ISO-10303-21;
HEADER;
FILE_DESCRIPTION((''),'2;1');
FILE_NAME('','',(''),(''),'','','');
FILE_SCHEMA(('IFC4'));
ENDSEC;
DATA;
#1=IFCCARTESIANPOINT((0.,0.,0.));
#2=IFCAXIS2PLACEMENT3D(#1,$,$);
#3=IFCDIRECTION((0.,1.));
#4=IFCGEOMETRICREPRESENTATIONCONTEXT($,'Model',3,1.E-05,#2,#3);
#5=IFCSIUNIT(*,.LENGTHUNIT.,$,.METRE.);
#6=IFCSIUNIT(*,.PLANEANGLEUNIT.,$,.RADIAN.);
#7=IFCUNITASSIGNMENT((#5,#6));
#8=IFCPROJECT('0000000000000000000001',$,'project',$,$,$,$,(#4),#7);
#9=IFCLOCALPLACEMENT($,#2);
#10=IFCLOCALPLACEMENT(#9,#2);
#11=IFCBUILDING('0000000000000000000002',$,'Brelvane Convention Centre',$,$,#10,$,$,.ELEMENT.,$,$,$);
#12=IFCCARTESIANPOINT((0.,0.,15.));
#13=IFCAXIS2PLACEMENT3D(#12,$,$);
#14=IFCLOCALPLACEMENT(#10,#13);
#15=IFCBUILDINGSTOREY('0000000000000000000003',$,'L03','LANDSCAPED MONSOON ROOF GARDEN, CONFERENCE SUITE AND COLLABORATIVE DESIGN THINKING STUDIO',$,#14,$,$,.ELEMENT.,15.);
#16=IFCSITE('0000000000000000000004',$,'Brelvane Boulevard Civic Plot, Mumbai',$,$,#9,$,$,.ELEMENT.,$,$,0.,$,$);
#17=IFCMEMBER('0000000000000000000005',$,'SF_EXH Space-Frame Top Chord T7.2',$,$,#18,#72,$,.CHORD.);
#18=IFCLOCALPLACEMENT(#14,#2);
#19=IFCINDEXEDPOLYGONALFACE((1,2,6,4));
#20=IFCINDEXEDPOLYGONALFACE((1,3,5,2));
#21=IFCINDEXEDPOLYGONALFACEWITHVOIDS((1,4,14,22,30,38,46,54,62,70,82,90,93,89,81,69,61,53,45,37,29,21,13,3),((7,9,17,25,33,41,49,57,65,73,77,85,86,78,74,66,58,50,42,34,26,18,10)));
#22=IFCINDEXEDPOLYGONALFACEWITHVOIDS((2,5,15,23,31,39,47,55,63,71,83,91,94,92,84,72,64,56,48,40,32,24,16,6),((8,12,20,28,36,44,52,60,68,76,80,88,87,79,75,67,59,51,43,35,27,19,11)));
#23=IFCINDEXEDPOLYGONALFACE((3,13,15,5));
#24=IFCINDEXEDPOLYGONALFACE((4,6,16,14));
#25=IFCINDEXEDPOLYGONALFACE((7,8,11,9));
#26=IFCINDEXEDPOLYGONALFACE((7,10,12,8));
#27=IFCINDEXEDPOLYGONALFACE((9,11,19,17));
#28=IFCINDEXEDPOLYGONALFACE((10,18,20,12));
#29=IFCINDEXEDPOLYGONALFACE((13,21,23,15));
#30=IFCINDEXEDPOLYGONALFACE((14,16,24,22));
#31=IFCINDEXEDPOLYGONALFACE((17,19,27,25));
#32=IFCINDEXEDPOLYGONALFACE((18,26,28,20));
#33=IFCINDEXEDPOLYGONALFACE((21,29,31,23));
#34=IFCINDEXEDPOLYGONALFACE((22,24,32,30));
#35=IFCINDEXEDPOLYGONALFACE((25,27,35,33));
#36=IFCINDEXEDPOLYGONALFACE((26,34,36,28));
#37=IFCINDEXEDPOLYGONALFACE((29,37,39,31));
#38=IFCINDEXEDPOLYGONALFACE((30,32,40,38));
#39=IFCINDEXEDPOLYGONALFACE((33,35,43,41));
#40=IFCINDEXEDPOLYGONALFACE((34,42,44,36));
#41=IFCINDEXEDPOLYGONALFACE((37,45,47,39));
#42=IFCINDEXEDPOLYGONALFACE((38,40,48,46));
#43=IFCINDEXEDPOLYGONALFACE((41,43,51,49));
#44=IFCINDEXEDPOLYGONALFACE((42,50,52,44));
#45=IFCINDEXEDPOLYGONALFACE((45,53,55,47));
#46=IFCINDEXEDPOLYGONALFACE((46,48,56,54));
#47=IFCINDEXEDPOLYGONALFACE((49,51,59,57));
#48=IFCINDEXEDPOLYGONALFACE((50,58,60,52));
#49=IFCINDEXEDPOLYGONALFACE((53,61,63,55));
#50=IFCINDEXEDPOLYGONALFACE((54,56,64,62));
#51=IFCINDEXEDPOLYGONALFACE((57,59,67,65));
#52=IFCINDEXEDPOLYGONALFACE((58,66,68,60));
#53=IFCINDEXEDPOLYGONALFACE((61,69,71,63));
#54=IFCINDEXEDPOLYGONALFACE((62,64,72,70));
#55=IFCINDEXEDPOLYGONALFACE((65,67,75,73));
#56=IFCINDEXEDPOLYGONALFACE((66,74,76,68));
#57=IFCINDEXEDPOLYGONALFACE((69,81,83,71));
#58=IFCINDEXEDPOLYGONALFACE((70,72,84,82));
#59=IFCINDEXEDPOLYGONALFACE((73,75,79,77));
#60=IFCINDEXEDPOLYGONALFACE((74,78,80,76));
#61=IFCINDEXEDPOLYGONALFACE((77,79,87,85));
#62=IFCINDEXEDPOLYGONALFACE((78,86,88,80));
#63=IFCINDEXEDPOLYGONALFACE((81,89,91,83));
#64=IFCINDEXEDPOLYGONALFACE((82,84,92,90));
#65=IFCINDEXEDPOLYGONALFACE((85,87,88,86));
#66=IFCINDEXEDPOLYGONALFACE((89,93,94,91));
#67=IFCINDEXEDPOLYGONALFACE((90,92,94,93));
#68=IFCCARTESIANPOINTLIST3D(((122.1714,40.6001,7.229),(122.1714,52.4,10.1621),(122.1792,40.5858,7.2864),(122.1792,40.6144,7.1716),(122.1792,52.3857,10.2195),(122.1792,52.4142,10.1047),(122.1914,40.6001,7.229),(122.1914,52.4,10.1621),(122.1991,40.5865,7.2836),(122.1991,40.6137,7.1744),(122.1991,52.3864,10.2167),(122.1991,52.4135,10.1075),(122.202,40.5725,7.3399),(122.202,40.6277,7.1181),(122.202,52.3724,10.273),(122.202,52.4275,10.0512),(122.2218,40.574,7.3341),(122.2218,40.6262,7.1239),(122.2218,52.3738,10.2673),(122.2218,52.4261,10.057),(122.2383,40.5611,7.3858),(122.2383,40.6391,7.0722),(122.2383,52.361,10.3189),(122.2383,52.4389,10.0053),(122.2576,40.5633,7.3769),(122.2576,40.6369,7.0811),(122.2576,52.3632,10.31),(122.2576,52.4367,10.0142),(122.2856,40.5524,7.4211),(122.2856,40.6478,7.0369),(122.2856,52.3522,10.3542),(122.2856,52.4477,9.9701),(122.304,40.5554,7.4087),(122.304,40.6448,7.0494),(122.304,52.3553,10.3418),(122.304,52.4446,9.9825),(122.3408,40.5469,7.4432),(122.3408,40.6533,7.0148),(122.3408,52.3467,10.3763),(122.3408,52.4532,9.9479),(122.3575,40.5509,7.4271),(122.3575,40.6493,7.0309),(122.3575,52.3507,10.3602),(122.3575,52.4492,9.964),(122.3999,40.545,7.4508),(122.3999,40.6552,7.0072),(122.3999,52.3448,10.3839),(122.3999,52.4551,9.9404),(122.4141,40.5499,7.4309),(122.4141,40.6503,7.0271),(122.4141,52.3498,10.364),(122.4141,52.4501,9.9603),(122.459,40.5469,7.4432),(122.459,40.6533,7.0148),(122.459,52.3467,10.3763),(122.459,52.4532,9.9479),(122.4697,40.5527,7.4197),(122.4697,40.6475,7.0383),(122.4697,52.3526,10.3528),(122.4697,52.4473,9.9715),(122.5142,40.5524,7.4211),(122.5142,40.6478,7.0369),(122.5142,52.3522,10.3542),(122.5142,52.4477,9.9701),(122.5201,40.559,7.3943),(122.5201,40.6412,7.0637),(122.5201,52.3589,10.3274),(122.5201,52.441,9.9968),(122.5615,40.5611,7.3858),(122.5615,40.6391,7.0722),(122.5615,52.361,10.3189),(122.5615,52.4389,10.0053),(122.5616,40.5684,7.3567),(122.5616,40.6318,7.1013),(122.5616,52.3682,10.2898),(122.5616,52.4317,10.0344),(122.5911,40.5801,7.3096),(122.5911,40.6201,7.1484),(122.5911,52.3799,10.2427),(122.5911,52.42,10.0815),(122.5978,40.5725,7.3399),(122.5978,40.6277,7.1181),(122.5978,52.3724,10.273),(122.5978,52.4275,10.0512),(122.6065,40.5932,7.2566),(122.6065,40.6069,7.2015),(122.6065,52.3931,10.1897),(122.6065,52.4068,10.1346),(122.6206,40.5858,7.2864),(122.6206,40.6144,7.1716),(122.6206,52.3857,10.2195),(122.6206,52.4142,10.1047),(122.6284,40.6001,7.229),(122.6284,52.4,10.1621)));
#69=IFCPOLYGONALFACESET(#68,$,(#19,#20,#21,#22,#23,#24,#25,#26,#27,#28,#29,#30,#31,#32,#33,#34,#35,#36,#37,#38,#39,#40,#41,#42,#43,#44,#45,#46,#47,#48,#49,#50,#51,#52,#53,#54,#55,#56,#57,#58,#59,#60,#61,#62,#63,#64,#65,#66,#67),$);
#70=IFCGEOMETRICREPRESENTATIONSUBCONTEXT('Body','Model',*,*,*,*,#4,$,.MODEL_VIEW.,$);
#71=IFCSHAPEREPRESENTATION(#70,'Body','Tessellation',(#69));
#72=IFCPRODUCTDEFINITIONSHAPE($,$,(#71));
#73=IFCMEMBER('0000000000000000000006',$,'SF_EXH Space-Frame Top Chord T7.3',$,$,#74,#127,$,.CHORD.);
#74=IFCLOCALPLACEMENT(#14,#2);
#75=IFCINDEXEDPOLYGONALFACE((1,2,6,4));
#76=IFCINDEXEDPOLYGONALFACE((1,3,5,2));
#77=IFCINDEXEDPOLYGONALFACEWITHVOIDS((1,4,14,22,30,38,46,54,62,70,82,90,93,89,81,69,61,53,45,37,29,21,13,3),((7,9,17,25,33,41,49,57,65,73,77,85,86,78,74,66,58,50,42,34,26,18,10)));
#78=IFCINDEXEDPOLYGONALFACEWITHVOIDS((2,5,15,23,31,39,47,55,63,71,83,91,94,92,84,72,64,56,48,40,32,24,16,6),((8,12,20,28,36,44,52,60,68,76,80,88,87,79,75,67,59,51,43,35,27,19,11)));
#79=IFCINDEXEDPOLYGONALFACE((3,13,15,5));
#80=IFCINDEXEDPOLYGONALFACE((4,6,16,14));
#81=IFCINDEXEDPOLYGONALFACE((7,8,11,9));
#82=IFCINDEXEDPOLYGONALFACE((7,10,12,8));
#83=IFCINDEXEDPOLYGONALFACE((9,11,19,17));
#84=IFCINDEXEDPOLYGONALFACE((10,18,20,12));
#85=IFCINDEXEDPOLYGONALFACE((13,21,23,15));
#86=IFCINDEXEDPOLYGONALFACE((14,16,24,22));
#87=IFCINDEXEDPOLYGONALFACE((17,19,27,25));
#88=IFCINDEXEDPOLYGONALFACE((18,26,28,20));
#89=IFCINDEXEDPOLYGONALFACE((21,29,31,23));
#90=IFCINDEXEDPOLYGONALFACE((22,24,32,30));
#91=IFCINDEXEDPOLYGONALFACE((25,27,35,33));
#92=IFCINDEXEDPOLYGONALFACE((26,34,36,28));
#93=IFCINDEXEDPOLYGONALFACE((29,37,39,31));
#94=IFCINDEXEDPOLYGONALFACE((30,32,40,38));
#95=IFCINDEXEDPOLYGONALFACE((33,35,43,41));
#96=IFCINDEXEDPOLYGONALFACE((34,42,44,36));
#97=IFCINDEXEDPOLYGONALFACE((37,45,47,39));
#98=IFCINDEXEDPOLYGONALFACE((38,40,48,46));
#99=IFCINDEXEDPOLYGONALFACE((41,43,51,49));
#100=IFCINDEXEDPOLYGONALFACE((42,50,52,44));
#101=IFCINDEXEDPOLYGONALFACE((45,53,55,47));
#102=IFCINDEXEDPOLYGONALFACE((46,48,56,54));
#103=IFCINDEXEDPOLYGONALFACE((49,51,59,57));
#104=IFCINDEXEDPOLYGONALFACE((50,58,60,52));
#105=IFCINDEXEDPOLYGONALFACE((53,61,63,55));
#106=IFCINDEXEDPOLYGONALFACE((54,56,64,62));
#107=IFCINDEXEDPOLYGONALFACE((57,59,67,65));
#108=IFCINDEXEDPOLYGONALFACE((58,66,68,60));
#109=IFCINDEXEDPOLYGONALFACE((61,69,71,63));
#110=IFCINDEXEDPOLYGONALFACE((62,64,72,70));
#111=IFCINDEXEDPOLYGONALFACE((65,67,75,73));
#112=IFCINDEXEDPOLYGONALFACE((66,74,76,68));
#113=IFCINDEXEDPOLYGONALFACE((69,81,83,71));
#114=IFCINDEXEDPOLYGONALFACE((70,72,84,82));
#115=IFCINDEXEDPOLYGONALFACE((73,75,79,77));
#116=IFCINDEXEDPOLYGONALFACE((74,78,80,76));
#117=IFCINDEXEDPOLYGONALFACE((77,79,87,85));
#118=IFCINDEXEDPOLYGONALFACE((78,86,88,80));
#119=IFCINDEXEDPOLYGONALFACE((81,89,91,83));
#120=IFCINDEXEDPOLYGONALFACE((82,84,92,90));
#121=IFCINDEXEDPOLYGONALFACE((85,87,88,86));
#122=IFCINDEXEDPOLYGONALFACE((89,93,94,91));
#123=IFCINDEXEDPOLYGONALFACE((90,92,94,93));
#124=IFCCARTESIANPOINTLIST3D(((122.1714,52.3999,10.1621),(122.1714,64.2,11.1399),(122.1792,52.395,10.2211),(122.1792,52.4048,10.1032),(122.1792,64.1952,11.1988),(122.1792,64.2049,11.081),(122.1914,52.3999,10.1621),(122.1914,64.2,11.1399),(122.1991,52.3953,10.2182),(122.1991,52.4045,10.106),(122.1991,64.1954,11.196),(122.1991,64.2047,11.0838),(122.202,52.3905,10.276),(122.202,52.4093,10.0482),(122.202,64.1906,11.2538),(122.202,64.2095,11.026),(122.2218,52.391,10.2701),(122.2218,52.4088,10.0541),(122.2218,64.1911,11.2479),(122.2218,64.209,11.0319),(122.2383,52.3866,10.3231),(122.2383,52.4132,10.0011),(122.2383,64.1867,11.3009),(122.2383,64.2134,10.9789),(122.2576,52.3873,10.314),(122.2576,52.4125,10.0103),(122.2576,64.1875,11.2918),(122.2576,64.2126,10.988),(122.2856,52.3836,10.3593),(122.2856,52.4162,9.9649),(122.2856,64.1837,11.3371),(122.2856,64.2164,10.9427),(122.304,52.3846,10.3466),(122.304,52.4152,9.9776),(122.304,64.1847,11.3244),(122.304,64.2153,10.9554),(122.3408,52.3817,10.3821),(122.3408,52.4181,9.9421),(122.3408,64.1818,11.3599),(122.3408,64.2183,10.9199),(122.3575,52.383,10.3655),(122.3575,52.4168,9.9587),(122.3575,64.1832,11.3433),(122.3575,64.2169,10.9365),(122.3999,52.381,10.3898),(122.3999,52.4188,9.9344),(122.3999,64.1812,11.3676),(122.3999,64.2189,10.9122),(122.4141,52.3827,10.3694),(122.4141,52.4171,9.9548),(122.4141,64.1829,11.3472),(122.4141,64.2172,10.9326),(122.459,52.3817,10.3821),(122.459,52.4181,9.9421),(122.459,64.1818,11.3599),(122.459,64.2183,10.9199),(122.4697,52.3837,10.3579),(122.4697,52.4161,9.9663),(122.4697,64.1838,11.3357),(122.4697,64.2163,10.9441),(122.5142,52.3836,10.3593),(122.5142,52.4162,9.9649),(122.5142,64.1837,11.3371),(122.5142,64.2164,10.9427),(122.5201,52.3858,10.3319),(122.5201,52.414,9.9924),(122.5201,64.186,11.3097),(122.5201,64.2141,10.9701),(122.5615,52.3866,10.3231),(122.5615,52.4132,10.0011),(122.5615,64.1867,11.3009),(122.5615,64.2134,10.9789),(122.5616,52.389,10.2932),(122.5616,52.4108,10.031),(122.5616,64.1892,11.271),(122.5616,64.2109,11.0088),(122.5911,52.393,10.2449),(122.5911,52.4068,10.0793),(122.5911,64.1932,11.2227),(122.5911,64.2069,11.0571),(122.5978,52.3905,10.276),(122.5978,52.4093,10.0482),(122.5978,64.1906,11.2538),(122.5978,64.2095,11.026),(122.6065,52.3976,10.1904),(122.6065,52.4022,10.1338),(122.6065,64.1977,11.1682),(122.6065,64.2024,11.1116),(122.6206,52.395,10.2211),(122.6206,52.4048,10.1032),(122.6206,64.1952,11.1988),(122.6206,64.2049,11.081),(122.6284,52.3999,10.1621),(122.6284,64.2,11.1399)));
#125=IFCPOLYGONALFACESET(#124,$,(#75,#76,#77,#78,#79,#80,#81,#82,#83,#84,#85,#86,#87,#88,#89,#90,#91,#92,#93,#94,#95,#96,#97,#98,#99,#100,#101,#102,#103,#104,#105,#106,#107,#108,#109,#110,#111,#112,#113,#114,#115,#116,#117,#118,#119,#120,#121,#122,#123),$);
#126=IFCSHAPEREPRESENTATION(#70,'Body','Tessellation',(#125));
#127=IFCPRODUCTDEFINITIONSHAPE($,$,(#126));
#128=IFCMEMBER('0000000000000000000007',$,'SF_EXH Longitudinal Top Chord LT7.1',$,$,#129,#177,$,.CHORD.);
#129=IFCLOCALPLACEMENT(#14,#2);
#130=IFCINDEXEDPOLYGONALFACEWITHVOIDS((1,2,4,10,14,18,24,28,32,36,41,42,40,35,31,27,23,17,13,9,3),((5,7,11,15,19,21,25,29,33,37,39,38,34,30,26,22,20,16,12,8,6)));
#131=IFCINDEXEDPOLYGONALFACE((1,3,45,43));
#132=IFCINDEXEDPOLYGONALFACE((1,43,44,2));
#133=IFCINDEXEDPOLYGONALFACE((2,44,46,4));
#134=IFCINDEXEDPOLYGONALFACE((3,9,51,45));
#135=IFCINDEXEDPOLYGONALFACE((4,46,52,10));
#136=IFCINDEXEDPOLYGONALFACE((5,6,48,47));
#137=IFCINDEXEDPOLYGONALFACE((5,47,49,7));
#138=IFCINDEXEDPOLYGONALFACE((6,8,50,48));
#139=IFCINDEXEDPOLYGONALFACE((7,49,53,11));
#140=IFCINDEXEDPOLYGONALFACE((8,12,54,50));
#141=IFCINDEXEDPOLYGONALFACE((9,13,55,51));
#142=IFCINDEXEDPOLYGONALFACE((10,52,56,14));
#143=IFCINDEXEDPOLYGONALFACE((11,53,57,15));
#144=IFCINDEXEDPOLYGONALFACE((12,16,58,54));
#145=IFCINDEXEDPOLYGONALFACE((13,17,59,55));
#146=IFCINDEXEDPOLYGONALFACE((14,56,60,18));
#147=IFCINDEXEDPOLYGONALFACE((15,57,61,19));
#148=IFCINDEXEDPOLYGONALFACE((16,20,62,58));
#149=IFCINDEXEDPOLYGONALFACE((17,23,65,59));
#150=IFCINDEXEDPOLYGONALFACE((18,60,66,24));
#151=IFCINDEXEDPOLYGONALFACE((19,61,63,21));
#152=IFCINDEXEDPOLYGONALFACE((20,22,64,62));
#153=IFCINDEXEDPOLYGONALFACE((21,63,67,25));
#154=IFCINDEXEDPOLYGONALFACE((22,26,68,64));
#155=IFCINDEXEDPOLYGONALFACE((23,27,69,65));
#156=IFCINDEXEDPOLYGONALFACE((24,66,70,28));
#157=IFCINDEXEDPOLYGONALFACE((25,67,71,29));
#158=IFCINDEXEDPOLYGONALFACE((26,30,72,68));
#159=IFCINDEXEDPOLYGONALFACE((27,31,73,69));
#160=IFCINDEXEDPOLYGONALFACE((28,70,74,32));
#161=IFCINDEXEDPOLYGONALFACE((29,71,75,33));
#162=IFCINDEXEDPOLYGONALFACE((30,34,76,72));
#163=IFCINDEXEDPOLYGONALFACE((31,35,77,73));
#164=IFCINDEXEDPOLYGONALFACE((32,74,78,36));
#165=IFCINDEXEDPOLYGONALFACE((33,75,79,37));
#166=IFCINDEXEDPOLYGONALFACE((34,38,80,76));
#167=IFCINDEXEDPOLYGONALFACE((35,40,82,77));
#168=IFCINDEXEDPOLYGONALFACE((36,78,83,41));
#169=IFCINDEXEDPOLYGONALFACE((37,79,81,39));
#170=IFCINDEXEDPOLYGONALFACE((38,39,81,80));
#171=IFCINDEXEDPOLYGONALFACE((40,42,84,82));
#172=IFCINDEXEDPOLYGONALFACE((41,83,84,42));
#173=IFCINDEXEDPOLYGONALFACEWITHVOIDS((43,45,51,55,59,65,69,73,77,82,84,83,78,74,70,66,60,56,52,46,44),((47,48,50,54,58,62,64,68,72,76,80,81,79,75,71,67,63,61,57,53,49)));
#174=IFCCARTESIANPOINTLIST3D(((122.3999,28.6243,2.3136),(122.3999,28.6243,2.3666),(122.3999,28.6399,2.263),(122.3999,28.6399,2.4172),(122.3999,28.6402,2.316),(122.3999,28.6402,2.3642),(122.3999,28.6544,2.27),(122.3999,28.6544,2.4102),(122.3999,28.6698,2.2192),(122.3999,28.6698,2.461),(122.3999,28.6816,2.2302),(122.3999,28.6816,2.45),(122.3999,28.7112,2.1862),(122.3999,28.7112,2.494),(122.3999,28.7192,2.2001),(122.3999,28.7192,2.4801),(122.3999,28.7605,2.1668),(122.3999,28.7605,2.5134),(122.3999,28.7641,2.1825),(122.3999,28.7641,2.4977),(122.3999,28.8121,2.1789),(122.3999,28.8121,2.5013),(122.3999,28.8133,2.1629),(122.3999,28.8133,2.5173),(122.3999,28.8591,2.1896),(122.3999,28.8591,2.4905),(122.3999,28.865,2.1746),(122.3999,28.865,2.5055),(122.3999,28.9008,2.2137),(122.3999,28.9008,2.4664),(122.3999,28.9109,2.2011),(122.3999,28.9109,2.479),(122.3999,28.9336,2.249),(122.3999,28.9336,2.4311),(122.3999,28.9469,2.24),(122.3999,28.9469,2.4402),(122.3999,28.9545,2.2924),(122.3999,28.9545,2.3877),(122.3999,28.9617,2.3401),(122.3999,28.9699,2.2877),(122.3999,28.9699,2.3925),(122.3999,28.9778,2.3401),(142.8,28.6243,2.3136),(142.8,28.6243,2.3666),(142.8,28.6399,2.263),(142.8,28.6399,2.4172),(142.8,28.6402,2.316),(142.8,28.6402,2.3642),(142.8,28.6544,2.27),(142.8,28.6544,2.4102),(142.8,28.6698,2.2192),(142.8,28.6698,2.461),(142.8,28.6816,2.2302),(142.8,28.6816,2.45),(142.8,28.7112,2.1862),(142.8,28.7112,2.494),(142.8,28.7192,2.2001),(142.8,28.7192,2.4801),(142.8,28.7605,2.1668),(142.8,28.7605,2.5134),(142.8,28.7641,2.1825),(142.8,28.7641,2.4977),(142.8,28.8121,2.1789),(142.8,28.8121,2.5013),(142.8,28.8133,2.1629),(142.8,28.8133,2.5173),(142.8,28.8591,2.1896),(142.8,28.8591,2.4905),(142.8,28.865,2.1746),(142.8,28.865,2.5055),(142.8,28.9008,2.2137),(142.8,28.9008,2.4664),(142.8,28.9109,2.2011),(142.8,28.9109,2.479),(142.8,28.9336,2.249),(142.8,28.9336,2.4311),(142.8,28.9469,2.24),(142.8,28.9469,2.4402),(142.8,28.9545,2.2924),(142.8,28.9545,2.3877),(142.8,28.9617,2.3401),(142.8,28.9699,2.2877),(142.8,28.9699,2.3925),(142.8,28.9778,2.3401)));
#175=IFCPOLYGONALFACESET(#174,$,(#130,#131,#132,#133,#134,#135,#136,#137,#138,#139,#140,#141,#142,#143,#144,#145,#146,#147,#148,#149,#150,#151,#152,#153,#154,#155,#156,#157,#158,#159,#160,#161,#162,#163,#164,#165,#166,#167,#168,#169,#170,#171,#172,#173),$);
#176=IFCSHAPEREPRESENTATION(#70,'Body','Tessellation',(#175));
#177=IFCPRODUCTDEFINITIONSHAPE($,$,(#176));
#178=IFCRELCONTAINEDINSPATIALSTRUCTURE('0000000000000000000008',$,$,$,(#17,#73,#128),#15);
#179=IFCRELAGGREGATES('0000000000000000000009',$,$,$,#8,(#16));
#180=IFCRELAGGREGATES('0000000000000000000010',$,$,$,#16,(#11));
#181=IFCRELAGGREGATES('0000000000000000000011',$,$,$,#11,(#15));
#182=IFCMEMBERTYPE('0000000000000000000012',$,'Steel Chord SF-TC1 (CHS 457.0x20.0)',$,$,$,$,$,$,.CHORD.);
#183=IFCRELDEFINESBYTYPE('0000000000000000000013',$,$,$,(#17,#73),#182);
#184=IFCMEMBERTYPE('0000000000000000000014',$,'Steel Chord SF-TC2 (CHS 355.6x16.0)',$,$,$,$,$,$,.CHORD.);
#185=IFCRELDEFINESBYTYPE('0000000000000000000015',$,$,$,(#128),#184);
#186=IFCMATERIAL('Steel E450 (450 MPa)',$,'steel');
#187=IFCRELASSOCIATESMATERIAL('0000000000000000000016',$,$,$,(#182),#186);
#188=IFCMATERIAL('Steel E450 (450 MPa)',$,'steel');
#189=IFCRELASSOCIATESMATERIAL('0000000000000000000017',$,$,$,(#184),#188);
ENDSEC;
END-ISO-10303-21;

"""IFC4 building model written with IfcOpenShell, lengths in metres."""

from ifc_helpers import new_model, si_unit, direction, frame, origin, origin_2d, place, context, subcontext, project, spatial, hollow_circle, extrude, material, material_profile, profile_set, type_object, element, save


model = new_model("IFC4")

# Units and contexts
model_context = context("Model", 3, precision=1e-05, world=origin(), true_north=direction((0.0, 1.0)))
body_context = subcontext(model_context, "Body", "Model", "MODEL_VIEW")
ifc_project = project(units=[si_unit("LENGTHUNIT", "METRE"), si_unit("PLANEANGLEUNIT", "RADIAN")], contexts=[model_context])

# Site, building, storey
site_placement = place(None, origin())
site = spatial("IfcSite", under=ifc_project, at=site_placement, Name="Brelvane Boulevard Civic Plot, Mumbai", CompositionType="ELEMENT", RefElevation=0.0)
building_placement = place(site_placement, origin())
building = spatial("IfcBuilding", under=site, at=building_placement, Name="Brelvane Convention Centre", CompositionType="ELEMENT")
storey_placement = place(building_placement, frame((0.0, 0.0, 15.0)))
storey = spatial("IfcBuildingStorey", under=building, at=storey_placement, Name="L03", Description="LANDSCAPED MONSOON ROOF GARDEN, CONFERENCE SUITE AND COLLABORATIVE DESIGN THINKING STUDIO", CompositionType="ELEMENT", Elevation=15.0)

# Members
ifc_material_1 = material(Name="Steel E450 (450 MPa)", Category="steel")
ifc_material_profile_1 = material_profile(ifc_material_1, hollow_circle(Radius=0.2285, WallThickness=0.02, at=origin_2d()), Name="CHS 457.0x20.0")
ifc_profile_set_1 = profile_set([ifc_material_profile_1], Name="Steel E450 (450 MPa)")
member_type_1 = type_object("IfcMemberType", Name="Steel Chord SF-TC1 (CHS 457.0x20.0)", PredefinedType="CHORD", material=ifc_profile_set_1)
member_1_placement = place(storey_placement, frame((122.3999, 40.6001, 7.229), z_axis=(0.0, 0.970468, 0.241231), x_axis=(-1.0, 0.0, 0.0)))
element("IfcMember", 1, at=member_1_placement, inside=storey, type_object=member_type_1, Name="SF_EXH Space-Frame Top Chord T7.2", PredefinedType="CHORD", context=body_context, shape_type="SweptSolid", body=[
    extrude(hollow_circle(Radius=0.2285, WallThickness=0.02, at=origin_2d()), origin(), (0.0, 0.0, 1.0), 12.1589),
])
member_2_placement = place(storey_placement, frame((122.3999, 52.3999, 10.1621), z_axis=(0.0, 0.996584, 0.08258), x_axis=(-1.0, 0.0, 0.0)))
element("IfcMember", 2, at=member_2_placement, inside=storey, type_object=member_type_1, Name="SF_EXH Space-Frame Top Chord T7.3", PredefinedType="CHORD", context=body_context, shape_type="SweptSolid", body=[
    extrude(hollow_circle(Radius=0.2285, WallThickness=0.02, at=origin_2d()), origin(), (0.0, 0.0, 1.0), 11.8406),
])
ifc_material_2 = material(Name="Steel E450 (450 MPa)", Category="steel")
ifc_material_profile_2 = material_profile(ifc_material_2, hollow_circle(Radius=0.1777, WallThickness=0.0161, at=origin_2d()), Name="CHS 355.6x16.0")
ifc_profile_set_2 = profile_set([ifc_material_profile_2], Name="Steel E450 (450 MPa)")
member_type_2 = type_object("IfcMemberType", Name="Steel Chord SF-TC2 (CHS 355.6x16.0)", PredefinedType="CHORD", material=ifc_profile_set_2)
for number, where, z_axis, x_axis, name in (
    (3, (122.3999, 28.8, 2.3401), (1.0, 0.0, 0.0), (0.0, 1.0, 0.0), "SF_EXH Longitudinal Top Chord LT7.1"),
):
    element("IfcMember", number, at=place(storey_placement, frame(where, z_axis=z_axis, x_axis=x_axis)), inside=storey, type_object=member_type_2, Name=name, PredefinedType="CHORD", context=body_context, shape_type="SweptSolid", body=[
        extrude(hollow_circle(Radius=0.1777, WallThickness=0.0161, at=origin_2d()), origin(), (0.0, 0.0, 1.0), 20.4001),
    ])

save(model, "model.ifc")
